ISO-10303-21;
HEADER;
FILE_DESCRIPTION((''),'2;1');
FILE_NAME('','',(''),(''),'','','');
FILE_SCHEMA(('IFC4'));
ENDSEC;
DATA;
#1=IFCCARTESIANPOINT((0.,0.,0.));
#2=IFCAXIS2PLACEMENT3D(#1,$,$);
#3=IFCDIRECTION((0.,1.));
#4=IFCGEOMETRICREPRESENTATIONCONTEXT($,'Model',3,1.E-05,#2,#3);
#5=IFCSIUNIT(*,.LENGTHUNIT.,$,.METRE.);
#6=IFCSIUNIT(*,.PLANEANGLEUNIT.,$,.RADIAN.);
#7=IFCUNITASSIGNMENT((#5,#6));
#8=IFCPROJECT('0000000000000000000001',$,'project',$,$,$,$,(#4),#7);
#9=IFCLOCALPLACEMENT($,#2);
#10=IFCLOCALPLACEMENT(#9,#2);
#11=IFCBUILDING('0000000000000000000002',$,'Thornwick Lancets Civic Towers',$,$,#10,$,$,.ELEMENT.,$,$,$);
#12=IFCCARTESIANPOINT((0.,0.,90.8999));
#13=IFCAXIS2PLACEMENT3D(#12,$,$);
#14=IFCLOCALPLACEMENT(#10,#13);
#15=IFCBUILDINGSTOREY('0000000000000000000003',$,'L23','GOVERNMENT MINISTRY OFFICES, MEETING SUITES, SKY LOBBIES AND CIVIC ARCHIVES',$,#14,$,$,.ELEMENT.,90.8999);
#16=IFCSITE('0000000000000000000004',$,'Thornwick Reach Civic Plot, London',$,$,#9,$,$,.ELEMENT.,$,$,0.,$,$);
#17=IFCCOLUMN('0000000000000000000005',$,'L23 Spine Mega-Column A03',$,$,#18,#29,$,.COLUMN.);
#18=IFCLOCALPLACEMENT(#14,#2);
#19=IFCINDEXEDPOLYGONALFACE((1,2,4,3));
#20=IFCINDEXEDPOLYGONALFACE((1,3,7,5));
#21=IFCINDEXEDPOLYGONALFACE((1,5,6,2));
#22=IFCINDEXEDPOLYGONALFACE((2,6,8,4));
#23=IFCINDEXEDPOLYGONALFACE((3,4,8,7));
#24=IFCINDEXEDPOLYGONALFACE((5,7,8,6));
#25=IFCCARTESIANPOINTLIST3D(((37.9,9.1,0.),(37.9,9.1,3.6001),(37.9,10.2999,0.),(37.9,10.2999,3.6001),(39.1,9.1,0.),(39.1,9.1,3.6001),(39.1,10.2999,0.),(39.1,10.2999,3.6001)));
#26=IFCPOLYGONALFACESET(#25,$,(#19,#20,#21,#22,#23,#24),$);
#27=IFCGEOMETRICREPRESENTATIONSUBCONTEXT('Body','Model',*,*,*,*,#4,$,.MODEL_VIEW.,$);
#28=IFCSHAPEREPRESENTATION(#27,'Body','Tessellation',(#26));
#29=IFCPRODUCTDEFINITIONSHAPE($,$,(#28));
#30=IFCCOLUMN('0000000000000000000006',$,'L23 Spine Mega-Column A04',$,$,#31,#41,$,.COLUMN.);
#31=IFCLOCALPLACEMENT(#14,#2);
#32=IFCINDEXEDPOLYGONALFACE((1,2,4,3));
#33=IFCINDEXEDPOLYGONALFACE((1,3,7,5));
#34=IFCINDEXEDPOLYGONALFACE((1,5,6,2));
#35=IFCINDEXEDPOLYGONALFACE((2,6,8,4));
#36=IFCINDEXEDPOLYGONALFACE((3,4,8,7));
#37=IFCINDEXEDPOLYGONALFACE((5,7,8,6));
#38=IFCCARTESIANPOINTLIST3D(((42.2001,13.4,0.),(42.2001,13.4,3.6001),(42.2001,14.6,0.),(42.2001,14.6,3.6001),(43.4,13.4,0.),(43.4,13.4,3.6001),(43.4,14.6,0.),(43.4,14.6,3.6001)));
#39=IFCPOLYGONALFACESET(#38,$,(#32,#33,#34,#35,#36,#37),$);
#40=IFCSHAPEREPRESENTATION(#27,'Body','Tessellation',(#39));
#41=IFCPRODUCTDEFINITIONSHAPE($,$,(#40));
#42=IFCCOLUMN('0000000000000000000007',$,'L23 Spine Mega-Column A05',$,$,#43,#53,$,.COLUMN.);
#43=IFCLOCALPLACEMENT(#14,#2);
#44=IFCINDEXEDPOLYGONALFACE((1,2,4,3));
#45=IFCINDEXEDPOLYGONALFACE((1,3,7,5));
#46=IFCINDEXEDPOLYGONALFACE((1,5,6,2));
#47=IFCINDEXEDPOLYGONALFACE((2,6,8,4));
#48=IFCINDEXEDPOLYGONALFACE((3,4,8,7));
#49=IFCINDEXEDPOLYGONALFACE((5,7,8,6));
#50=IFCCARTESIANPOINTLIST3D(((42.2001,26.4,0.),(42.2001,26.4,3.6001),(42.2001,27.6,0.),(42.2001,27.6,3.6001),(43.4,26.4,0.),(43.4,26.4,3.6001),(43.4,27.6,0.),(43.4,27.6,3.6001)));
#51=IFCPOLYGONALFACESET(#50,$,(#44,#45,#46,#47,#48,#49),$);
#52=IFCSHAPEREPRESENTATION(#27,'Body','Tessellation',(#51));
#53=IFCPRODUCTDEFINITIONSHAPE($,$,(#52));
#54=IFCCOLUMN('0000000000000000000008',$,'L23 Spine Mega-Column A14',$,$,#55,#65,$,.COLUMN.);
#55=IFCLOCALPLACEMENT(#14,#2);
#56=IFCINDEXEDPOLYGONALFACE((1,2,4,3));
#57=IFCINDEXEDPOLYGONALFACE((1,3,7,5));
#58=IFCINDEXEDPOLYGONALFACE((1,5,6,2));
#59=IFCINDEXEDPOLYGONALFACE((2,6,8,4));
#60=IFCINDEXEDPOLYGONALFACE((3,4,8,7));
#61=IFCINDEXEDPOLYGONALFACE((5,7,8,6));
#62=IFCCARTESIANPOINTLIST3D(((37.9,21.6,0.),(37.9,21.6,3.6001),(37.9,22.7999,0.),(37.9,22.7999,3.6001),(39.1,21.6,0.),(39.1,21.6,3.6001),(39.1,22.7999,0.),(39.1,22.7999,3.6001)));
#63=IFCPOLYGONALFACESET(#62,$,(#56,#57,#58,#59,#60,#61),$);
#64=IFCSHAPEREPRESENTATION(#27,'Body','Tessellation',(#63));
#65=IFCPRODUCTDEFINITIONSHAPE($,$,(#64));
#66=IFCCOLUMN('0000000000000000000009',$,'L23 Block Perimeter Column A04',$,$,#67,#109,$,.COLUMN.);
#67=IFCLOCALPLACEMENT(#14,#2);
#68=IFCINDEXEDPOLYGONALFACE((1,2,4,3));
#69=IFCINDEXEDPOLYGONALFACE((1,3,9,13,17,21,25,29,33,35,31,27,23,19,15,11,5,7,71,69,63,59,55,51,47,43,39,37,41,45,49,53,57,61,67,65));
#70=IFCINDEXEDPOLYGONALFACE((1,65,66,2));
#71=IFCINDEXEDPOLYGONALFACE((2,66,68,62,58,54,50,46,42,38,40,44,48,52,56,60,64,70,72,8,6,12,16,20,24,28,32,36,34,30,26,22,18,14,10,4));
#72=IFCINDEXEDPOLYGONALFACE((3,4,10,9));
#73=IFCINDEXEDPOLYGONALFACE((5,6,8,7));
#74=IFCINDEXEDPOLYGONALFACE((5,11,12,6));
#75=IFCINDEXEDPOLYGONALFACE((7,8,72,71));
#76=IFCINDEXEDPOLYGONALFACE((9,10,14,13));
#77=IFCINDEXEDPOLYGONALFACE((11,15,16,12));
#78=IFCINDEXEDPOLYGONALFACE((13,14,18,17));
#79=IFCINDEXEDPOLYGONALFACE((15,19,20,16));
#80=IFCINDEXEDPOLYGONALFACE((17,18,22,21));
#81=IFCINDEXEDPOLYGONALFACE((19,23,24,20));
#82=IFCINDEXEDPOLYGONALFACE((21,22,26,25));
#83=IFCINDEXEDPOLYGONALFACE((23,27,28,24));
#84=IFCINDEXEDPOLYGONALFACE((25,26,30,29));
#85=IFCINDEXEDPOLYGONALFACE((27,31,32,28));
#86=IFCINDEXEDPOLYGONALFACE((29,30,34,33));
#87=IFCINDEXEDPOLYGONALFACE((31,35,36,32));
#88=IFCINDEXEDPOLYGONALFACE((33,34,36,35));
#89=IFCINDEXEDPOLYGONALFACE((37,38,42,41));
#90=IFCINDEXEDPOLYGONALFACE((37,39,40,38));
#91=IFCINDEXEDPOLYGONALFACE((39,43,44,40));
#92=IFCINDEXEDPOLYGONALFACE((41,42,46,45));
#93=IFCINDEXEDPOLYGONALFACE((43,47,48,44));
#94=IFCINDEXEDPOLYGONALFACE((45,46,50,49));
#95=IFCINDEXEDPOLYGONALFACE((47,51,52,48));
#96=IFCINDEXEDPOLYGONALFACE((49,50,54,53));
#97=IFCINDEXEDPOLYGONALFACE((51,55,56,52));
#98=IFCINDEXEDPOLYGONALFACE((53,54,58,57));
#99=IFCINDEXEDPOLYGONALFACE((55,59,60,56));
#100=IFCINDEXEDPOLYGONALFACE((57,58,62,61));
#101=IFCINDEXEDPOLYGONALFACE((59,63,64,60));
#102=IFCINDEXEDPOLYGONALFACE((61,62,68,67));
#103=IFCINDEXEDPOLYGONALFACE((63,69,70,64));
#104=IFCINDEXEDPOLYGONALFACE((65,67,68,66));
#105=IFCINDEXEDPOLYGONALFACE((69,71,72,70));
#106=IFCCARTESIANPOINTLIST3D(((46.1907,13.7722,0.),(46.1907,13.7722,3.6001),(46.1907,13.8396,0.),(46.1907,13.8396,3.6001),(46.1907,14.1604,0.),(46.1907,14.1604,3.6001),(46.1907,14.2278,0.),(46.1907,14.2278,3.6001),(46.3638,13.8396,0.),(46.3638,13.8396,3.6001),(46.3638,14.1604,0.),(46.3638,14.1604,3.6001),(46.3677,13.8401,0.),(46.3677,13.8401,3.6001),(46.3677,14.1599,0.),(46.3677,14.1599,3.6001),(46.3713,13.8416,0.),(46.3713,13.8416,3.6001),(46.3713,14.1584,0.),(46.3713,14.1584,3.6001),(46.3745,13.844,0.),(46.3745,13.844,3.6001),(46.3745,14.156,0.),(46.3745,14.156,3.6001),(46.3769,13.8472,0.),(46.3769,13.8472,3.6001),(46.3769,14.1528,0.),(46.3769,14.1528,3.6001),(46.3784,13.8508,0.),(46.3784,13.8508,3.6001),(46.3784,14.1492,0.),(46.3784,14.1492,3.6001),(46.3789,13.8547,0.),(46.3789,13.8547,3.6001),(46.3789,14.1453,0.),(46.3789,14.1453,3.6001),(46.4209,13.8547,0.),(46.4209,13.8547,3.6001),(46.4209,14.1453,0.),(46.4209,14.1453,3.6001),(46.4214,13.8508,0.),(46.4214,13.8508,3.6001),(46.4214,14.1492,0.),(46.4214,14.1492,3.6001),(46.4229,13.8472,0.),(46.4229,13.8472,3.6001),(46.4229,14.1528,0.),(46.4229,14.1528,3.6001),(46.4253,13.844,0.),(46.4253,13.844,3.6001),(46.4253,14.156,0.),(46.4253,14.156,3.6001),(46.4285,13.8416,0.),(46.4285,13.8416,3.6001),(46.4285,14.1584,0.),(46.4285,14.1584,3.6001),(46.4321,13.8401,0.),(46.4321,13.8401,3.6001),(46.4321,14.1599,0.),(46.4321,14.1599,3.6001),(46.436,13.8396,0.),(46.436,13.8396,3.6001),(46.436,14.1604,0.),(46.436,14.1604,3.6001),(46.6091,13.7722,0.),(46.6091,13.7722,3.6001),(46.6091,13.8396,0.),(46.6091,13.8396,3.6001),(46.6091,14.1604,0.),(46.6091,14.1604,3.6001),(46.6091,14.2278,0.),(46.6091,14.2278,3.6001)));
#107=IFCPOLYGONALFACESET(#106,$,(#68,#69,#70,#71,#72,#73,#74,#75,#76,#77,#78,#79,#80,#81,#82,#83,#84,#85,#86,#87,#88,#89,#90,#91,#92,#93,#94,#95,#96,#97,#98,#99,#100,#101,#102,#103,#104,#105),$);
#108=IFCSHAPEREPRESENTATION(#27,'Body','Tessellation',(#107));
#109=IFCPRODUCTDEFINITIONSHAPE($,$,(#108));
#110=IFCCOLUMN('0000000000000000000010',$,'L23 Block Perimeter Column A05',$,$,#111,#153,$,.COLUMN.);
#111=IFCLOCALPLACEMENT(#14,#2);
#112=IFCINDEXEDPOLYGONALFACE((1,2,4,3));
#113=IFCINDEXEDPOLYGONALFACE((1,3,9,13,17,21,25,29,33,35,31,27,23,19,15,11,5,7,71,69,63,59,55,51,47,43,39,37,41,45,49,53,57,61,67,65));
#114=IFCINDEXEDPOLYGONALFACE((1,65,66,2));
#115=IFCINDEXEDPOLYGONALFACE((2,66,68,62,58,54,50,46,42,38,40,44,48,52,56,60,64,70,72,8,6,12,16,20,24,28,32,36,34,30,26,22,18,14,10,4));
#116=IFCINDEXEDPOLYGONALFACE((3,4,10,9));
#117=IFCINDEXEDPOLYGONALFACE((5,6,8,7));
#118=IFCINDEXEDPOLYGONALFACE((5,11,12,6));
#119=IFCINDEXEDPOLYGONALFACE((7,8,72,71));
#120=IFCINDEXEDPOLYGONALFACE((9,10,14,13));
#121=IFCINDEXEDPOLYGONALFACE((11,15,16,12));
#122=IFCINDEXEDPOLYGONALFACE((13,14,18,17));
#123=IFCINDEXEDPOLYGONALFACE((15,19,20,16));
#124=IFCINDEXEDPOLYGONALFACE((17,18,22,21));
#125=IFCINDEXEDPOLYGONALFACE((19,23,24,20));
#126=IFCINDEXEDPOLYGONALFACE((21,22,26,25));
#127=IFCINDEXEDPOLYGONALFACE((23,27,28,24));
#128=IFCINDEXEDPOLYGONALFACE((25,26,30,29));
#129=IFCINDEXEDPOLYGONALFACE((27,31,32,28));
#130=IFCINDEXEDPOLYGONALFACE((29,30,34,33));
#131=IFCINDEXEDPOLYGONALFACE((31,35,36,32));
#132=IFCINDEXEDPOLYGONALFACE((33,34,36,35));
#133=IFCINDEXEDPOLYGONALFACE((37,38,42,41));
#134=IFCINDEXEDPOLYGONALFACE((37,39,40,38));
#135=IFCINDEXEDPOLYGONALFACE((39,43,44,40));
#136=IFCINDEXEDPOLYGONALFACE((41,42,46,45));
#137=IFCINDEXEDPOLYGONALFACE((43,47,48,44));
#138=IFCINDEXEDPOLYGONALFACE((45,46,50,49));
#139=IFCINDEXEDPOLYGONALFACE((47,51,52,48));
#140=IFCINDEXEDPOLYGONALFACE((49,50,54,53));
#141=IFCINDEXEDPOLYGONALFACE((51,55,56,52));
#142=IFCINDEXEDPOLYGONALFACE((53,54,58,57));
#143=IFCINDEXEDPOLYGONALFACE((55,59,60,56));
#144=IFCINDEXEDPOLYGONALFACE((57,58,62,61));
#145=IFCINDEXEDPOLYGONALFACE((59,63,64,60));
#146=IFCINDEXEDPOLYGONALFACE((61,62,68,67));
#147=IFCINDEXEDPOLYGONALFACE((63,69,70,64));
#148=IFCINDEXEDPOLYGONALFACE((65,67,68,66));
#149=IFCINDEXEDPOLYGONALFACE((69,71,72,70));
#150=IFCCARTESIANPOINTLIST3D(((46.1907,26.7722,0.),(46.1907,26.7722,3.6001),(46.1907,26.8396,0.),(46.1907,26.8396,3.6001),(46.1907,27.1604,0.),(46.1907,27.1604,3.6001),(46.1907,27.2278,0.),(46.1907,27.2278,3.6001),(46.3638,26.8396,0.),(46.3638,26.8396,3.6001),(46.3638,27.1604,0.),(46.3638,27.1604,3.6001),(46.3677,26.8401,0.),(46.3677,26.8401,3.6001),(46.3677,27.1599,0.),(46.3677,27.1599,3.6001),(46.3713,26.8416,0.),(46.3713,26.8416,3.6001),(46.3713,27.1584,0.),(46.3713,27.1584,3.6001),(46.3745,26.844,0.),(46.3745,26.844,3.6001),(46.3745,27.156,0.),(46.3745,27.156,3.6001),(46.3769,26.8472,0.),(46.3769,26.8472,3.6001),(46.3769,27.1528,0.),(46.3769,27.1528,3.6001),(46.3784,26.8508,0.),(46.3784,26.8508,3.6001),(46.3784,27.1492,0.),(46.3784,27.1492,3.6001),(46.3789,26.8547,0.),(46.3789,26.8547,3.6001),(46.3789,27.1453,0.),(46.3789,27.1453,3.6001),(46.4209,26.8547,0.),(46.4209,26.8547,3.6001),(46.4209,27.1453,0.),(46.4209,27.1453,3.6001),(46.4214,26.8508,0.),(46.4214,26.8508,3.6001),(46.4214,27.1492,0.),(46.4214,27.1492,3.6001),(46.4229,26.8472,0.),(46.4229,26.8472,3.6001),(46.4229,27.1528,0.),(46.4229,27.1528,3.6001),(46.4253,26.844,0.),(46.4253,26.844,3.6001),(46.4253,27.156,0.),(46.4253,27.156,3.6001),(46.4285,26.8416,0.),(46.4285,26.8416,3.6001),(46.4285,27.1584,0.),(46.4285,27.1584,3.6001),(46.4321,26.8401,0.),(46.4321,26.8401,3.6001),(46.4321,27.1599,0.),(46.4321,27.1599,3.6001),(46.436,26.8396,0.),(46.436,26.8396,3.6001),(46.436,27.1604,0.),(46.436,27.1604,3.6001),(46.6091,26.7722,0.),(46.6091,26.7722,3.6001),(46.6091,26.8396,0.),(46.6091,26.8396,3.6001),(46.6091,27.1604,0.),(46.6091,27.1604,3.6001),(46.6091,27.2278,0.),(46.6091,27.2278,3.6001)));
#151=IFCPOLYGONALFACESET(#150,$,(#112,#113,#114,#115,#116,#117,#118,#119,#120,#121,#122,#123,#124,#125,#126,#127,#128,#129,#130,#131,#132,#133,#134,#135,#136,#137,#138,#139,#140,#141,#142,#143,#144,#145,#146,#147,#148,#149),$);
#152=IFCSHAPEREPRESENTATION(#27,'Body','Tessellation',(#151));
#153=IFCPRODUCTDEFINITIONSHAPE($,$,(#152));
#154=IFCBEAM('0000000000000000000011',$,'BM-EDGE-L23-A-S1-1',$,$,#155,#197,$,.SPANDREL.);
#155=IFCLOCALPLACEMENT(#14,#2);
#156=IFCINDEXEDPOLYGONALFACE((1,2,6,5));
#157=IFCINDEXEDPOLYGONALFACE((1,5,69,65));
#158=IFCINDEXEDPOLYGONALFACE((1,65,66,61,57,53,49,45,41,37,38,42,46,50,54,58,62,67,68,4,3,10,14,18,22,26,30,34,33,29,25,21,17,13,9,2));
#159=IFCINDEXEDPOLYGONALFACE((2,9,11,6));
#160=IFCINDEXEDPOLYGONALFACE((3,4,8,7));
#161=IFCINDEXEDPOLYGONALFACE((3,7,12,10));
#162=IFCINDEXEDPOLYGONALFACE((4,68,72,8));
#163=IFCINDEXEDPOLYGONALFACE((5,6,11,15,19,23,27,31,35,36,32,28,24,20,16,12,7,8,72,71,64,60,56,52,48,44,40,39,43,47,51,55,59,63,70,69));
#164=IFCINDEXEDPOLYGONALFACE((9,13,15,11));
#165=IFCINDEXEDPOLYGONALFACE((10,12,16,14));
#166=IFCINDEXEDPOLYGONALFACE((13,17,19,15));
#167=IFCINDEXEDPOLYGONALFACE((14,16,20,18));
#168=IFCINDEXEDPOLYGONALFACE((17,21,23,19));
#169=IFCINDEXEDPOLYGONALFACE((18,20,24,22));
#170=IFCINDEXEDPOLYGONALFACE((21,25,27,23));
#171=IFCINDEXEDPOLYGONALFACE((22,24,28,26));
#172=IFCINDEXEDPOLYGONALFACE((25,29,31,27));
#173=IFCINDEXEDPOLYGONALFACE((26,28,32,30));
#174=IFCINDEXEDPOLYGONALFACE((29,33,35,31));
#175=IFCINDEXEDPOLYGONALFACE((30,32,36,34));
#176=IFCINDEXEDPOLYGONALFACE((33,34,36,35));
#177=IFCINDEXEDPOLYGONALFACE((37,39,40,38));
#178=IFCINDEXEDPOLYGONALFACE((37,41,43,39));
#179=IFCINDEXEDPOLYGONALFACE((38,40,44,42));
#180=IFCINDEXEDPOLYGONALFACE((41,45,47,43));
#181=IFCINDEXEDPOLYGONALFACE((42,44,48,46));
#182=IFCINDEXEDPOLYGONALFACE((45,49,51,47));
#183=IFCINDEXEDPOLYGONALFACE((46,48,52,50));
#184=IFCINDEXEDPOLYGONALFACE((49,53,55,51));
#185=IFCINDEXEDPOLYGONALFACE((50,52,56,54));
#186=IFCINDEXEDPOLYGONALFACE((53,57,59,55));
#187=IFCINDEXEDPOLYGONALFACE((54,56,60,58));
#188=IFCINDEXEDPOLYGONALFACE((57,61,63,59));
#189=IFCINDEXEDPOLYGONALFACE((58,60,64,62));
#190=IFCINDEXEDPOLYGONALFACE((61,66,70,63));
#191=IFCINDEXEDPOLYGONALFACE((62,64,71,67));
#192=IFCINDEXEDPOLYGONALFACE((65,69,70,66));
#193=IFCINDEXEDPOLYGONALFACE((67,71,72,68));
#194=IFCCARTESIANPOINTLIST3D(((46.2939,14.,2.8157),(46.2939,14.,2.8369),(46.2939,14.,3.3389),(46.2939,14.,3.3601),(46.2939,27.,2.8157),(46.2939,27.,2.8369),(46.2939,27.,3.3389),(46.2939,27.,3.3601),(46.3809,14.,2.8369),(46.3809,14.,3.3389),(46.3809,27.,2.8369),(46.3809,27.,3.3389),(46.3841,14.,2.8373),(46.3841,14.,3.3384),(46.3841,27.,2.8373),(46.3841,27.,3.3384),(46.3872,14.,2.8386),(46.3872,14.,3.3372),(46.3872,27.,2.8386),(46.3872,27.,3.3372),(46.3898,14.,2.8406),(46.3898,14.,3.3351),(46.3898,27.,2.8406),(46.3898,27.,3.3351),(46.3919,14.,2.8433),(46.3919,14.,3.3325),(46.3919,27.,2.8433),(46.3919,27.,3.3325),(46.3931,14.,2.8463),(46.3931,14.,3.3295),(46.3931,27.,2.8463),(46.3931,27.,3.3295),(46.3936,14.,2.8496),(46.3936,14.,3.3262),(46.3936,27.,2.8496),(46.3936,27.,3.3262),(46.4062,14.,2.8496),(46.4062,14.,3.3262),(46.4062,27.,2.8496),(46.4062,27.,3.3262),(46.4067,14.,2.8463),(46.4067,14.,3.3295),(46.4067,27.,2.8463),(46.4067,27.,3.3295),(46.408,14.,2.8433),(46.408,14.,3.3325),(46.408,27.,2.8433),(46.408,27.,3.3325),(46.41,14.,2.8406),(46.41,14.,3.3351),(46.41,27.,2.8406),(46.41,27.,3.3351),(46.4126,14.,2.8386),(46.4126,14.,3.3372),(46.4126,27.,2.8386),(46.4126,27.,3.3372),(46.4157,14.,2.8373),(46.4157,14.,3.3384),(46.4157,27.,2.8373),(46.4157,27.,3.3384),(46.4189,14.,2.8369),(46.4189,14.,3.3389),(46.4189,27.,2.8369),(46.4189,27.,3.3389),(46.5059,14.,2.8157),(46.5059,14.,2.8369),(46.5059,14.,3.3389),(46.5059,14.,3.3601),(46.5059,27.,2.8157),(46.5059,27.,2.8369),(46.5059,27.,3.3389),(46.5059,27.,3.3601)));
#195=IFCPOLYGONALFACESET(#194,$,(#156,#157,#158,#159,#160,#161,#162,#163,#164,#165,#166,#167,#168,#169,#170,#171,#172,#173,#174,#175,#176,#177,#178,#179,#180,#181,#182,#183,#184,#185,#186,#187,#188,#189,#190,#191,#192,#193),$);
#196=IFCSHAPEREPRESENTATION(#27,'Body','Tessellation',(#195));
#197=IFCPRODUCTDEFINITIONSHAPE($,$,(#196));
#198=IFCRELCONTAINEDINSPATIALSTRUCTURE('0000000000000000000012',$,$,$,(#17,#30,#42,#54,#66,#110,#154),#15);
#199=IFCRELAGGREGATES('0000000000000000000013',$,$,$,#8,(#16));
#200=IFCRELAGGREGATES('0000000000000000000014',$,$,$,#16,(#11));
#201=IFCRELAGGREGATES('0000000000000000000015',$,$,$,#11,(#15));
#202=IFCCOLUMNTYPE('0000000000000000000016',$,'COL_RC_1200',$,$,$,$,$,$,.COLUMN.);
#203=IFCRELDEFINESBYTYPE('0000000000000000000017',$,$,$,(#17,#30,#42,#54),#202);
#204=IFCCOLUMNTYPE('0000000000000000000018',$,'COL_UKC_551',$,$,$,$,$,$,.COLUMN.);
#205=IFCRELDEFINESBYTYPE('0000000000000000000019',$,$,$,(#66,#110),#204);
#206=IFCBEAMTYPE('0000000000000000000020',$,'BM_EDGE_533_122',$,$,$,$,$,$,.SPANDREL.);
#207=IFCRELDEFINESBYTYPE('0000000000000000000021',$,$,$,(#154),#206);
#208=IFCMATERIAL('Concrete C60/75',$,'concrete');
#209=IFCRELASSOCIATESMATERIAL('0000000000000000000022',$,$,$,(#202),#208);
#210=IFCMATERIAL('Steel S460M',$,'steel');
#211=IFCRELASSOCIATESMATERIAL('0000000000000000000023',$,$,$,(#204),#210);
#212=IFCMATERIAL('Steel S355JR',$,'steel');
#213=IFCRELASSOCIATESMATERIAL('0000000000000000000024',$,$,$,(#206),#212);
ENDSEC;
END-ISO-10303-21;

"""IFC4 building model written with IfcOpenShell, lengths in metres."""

from ifc_helpers import new_model, si_unit, direction, frame, origin, origin_2d, place, context, subcontext, project, spatial, rectangle, i_section, extrude, material, material_profile, profile_set, type_object, element, save


model = new_model("IFC4")

# Units and contexts
model_context = context("Model", 3, precision=1e-05, world=origin(), true_north=direction((0.0, 1.0)))
body_context = subcontext(model_context, "Body", "Model", "MODEL_VIEW")
ifc_project = project(units=[si_unit("LENGTHUNIT", "METRE"), si_unit("PLANEANGLEUNIT", "RADIAN")], contexts=[model_context])

# Site, building, storey
site_placement = place(None, origin())
site = spatial("IfcSite", under=ifc_project, at=site_placement, Name="Thornwick Reach Civic Plot, London", CompositionType="ELEMENT", RefElevation=0.0)
building_placement = place(site_placement, origin())
building = spatial("IfcBuilding", under=site, at=building_placement, Name="Thornwick Lancets Civic Towers", CompositionType="ELEMENT")
storey_placement = place(building_placement, frame((0.0, 0.0, 90.8999)))
storey = spatial("IfcBuildingStorey", under=building, at=storey_placement, Name="L23", Description="GOVERNMENT MINISTRY OFFICES, MEETING SUITES, SKY LOBBIES AND CIVIC ARCHIVES", CompositionType="ELEMENT", Elevation=90.8999)

# Columns
ifc_material_1 = material(Name="Concrete C60/75", Category="concrete")
ifc_material_profile_1 = material_profile(ifc_material_1, rectangle(XDim=1.2, YDim=1.2, at=origin_2d()), Name="RC 1200x1200")
ifc_profile_set_1 = profile_set([ifc_material_profile_1], Name="Concrete C60/75")
column_type_1 = type_object("IfcColumnType", Name="COL_RC_1200", PredefinedType="COLUMN", material=ifc_profile_set_1)
for number, where, z_axis, x_axis, name in (
    (1, (38.5, 9.7, 0.0), (0.0, 0.0, 1.0), (1.0, 0.0, 0.0), "L23 Spine Mega-Column A03"),
    (2, (42.8, 14.0, 0.0), (0.0, 0.0, 1.0), (1.0, 0.0, 0.0), "L23 Spine Mega-Column A04"),
    (3, (42.8, 27.0, 0.0), (0.0, 0.0, 1.0), (1.0, 0.0, 0.0), "L23 Spine Mega-Column A05"),
    (4, (38.5, 22.2, 0.0), (0.0, 0.0, 1.0), (1.0, 0.0, 0.0), "L23 Spine Mega-Column A14"),
):
    element("IfcColumn", number, at=place(storey_placement, frame(where, z_axis=z_axis, x_axis=x_axis)), inside=storey, type_object=column_type_1, Name=name, PredefinedType="COLUMN", context=body_context, shape_type="SweptSolid", body=[
        extrude(rectangle(XDim=1.2, YDim=1.2, at=origin_2d()), origin(), (0.0, 0.0, 1.0), 3.6001),
    ])
ifc_material_2 = material(Name="Steel S460M", Category="steel")
ifc_material_profile_2 = material_profile(ifc_material_2, i_section(OverallWidth=0.4185, OverallDepth=0.4556, WebThickness=0.042, FlangeThickness=0.0674, FilletRadius=0.0151, at=origin_2d()), Name="UKC 356x406x551")
ifc_profile_set_2 = profile_set([ifc_material_profile_2], Name="Steel S460M")
column_type_2 = type_object("IfcColumnType", Name="COL_UKC_551", PredefinedType="COLUMN", material=ifc_profile_set_2)
for number, where, z_axis, x_axis, name in (
    (5, (46.3999, 14.0, 0.0), (0.0, 0.0, 1.0), (1.0, 0.0, 0.0), "L23 Block Perimeter Column A04"),
    (6, (46.3999, 27.0, 0.0), (0.0, 0.0, 1.0), (1.0, 0.0, 0.0), "L23 Block Perimeter Column A05"),
):
    element("IfcColumn", number, at=place(storey_placement, frame(where, z_axis=z_axis, x_axis=x_axis)), inside=storey, type_object=column_type_2, Name=name, PredefinedType="COLUMN", context=body_context, shape_type="SweptSolid", body=[
        extrude(i_section(OverallWidth=0.4185, OverallDepth=0.4556, WebThickness=0.042, FlangeThickness=0.0674, FilletRadius=0.0151, at=origin_2d()), origin(), (0.0, 0.0, 1.0), 3.6001),
    ])

# Beam
ifc_material_3 = material(Name="Steel S355JR", Category="steel")
ifc_material_profile_3 = material_profile(ifc_material_3, i_section(OverallWidth=0.2119, OverallDepth=0.5444, WebThickness=0.0127, FlangeThickness=0.0212, FilletRadius=0.0127, at=origin_2d()), Name="UKB 533x210x122")
ifc_profile_set_3 = profile_set([ifc_material_profile_3], Name="Steel S355JR")
beam_type_1 = type_object("IfcBeamType", Name="BM_EDGE_533_122", PredefinedType="SPANDREL", material=ifc_profile_set_3)
beam_1_placement = place(storey_placement, frame((46.3999, 14.0, 3.0879), z_axis=(0.0, 1.0, 0.0), x_axis=(-1.0, 0.0, 0.0)))
element("IfcBeam", 7, at=beam_1_placement, inside=storey, type_object=beam_type_1, Name="BM-EDGE-L23-A-S1-1", PredefinedType="SPANDREL", context=body_context, shape_type="SweptSolid", body=[
    extrude(i_section(OverallWidth=0.2119, OverallDepth=0.5444, WebThickness=0.0127, FlangeThickness=0.0212, FilletRadius=0.0127, at=origin_2d()), origin(), (0.0, 0.0, 1.0), 13.0),
])

save(model, "model.ifc")
